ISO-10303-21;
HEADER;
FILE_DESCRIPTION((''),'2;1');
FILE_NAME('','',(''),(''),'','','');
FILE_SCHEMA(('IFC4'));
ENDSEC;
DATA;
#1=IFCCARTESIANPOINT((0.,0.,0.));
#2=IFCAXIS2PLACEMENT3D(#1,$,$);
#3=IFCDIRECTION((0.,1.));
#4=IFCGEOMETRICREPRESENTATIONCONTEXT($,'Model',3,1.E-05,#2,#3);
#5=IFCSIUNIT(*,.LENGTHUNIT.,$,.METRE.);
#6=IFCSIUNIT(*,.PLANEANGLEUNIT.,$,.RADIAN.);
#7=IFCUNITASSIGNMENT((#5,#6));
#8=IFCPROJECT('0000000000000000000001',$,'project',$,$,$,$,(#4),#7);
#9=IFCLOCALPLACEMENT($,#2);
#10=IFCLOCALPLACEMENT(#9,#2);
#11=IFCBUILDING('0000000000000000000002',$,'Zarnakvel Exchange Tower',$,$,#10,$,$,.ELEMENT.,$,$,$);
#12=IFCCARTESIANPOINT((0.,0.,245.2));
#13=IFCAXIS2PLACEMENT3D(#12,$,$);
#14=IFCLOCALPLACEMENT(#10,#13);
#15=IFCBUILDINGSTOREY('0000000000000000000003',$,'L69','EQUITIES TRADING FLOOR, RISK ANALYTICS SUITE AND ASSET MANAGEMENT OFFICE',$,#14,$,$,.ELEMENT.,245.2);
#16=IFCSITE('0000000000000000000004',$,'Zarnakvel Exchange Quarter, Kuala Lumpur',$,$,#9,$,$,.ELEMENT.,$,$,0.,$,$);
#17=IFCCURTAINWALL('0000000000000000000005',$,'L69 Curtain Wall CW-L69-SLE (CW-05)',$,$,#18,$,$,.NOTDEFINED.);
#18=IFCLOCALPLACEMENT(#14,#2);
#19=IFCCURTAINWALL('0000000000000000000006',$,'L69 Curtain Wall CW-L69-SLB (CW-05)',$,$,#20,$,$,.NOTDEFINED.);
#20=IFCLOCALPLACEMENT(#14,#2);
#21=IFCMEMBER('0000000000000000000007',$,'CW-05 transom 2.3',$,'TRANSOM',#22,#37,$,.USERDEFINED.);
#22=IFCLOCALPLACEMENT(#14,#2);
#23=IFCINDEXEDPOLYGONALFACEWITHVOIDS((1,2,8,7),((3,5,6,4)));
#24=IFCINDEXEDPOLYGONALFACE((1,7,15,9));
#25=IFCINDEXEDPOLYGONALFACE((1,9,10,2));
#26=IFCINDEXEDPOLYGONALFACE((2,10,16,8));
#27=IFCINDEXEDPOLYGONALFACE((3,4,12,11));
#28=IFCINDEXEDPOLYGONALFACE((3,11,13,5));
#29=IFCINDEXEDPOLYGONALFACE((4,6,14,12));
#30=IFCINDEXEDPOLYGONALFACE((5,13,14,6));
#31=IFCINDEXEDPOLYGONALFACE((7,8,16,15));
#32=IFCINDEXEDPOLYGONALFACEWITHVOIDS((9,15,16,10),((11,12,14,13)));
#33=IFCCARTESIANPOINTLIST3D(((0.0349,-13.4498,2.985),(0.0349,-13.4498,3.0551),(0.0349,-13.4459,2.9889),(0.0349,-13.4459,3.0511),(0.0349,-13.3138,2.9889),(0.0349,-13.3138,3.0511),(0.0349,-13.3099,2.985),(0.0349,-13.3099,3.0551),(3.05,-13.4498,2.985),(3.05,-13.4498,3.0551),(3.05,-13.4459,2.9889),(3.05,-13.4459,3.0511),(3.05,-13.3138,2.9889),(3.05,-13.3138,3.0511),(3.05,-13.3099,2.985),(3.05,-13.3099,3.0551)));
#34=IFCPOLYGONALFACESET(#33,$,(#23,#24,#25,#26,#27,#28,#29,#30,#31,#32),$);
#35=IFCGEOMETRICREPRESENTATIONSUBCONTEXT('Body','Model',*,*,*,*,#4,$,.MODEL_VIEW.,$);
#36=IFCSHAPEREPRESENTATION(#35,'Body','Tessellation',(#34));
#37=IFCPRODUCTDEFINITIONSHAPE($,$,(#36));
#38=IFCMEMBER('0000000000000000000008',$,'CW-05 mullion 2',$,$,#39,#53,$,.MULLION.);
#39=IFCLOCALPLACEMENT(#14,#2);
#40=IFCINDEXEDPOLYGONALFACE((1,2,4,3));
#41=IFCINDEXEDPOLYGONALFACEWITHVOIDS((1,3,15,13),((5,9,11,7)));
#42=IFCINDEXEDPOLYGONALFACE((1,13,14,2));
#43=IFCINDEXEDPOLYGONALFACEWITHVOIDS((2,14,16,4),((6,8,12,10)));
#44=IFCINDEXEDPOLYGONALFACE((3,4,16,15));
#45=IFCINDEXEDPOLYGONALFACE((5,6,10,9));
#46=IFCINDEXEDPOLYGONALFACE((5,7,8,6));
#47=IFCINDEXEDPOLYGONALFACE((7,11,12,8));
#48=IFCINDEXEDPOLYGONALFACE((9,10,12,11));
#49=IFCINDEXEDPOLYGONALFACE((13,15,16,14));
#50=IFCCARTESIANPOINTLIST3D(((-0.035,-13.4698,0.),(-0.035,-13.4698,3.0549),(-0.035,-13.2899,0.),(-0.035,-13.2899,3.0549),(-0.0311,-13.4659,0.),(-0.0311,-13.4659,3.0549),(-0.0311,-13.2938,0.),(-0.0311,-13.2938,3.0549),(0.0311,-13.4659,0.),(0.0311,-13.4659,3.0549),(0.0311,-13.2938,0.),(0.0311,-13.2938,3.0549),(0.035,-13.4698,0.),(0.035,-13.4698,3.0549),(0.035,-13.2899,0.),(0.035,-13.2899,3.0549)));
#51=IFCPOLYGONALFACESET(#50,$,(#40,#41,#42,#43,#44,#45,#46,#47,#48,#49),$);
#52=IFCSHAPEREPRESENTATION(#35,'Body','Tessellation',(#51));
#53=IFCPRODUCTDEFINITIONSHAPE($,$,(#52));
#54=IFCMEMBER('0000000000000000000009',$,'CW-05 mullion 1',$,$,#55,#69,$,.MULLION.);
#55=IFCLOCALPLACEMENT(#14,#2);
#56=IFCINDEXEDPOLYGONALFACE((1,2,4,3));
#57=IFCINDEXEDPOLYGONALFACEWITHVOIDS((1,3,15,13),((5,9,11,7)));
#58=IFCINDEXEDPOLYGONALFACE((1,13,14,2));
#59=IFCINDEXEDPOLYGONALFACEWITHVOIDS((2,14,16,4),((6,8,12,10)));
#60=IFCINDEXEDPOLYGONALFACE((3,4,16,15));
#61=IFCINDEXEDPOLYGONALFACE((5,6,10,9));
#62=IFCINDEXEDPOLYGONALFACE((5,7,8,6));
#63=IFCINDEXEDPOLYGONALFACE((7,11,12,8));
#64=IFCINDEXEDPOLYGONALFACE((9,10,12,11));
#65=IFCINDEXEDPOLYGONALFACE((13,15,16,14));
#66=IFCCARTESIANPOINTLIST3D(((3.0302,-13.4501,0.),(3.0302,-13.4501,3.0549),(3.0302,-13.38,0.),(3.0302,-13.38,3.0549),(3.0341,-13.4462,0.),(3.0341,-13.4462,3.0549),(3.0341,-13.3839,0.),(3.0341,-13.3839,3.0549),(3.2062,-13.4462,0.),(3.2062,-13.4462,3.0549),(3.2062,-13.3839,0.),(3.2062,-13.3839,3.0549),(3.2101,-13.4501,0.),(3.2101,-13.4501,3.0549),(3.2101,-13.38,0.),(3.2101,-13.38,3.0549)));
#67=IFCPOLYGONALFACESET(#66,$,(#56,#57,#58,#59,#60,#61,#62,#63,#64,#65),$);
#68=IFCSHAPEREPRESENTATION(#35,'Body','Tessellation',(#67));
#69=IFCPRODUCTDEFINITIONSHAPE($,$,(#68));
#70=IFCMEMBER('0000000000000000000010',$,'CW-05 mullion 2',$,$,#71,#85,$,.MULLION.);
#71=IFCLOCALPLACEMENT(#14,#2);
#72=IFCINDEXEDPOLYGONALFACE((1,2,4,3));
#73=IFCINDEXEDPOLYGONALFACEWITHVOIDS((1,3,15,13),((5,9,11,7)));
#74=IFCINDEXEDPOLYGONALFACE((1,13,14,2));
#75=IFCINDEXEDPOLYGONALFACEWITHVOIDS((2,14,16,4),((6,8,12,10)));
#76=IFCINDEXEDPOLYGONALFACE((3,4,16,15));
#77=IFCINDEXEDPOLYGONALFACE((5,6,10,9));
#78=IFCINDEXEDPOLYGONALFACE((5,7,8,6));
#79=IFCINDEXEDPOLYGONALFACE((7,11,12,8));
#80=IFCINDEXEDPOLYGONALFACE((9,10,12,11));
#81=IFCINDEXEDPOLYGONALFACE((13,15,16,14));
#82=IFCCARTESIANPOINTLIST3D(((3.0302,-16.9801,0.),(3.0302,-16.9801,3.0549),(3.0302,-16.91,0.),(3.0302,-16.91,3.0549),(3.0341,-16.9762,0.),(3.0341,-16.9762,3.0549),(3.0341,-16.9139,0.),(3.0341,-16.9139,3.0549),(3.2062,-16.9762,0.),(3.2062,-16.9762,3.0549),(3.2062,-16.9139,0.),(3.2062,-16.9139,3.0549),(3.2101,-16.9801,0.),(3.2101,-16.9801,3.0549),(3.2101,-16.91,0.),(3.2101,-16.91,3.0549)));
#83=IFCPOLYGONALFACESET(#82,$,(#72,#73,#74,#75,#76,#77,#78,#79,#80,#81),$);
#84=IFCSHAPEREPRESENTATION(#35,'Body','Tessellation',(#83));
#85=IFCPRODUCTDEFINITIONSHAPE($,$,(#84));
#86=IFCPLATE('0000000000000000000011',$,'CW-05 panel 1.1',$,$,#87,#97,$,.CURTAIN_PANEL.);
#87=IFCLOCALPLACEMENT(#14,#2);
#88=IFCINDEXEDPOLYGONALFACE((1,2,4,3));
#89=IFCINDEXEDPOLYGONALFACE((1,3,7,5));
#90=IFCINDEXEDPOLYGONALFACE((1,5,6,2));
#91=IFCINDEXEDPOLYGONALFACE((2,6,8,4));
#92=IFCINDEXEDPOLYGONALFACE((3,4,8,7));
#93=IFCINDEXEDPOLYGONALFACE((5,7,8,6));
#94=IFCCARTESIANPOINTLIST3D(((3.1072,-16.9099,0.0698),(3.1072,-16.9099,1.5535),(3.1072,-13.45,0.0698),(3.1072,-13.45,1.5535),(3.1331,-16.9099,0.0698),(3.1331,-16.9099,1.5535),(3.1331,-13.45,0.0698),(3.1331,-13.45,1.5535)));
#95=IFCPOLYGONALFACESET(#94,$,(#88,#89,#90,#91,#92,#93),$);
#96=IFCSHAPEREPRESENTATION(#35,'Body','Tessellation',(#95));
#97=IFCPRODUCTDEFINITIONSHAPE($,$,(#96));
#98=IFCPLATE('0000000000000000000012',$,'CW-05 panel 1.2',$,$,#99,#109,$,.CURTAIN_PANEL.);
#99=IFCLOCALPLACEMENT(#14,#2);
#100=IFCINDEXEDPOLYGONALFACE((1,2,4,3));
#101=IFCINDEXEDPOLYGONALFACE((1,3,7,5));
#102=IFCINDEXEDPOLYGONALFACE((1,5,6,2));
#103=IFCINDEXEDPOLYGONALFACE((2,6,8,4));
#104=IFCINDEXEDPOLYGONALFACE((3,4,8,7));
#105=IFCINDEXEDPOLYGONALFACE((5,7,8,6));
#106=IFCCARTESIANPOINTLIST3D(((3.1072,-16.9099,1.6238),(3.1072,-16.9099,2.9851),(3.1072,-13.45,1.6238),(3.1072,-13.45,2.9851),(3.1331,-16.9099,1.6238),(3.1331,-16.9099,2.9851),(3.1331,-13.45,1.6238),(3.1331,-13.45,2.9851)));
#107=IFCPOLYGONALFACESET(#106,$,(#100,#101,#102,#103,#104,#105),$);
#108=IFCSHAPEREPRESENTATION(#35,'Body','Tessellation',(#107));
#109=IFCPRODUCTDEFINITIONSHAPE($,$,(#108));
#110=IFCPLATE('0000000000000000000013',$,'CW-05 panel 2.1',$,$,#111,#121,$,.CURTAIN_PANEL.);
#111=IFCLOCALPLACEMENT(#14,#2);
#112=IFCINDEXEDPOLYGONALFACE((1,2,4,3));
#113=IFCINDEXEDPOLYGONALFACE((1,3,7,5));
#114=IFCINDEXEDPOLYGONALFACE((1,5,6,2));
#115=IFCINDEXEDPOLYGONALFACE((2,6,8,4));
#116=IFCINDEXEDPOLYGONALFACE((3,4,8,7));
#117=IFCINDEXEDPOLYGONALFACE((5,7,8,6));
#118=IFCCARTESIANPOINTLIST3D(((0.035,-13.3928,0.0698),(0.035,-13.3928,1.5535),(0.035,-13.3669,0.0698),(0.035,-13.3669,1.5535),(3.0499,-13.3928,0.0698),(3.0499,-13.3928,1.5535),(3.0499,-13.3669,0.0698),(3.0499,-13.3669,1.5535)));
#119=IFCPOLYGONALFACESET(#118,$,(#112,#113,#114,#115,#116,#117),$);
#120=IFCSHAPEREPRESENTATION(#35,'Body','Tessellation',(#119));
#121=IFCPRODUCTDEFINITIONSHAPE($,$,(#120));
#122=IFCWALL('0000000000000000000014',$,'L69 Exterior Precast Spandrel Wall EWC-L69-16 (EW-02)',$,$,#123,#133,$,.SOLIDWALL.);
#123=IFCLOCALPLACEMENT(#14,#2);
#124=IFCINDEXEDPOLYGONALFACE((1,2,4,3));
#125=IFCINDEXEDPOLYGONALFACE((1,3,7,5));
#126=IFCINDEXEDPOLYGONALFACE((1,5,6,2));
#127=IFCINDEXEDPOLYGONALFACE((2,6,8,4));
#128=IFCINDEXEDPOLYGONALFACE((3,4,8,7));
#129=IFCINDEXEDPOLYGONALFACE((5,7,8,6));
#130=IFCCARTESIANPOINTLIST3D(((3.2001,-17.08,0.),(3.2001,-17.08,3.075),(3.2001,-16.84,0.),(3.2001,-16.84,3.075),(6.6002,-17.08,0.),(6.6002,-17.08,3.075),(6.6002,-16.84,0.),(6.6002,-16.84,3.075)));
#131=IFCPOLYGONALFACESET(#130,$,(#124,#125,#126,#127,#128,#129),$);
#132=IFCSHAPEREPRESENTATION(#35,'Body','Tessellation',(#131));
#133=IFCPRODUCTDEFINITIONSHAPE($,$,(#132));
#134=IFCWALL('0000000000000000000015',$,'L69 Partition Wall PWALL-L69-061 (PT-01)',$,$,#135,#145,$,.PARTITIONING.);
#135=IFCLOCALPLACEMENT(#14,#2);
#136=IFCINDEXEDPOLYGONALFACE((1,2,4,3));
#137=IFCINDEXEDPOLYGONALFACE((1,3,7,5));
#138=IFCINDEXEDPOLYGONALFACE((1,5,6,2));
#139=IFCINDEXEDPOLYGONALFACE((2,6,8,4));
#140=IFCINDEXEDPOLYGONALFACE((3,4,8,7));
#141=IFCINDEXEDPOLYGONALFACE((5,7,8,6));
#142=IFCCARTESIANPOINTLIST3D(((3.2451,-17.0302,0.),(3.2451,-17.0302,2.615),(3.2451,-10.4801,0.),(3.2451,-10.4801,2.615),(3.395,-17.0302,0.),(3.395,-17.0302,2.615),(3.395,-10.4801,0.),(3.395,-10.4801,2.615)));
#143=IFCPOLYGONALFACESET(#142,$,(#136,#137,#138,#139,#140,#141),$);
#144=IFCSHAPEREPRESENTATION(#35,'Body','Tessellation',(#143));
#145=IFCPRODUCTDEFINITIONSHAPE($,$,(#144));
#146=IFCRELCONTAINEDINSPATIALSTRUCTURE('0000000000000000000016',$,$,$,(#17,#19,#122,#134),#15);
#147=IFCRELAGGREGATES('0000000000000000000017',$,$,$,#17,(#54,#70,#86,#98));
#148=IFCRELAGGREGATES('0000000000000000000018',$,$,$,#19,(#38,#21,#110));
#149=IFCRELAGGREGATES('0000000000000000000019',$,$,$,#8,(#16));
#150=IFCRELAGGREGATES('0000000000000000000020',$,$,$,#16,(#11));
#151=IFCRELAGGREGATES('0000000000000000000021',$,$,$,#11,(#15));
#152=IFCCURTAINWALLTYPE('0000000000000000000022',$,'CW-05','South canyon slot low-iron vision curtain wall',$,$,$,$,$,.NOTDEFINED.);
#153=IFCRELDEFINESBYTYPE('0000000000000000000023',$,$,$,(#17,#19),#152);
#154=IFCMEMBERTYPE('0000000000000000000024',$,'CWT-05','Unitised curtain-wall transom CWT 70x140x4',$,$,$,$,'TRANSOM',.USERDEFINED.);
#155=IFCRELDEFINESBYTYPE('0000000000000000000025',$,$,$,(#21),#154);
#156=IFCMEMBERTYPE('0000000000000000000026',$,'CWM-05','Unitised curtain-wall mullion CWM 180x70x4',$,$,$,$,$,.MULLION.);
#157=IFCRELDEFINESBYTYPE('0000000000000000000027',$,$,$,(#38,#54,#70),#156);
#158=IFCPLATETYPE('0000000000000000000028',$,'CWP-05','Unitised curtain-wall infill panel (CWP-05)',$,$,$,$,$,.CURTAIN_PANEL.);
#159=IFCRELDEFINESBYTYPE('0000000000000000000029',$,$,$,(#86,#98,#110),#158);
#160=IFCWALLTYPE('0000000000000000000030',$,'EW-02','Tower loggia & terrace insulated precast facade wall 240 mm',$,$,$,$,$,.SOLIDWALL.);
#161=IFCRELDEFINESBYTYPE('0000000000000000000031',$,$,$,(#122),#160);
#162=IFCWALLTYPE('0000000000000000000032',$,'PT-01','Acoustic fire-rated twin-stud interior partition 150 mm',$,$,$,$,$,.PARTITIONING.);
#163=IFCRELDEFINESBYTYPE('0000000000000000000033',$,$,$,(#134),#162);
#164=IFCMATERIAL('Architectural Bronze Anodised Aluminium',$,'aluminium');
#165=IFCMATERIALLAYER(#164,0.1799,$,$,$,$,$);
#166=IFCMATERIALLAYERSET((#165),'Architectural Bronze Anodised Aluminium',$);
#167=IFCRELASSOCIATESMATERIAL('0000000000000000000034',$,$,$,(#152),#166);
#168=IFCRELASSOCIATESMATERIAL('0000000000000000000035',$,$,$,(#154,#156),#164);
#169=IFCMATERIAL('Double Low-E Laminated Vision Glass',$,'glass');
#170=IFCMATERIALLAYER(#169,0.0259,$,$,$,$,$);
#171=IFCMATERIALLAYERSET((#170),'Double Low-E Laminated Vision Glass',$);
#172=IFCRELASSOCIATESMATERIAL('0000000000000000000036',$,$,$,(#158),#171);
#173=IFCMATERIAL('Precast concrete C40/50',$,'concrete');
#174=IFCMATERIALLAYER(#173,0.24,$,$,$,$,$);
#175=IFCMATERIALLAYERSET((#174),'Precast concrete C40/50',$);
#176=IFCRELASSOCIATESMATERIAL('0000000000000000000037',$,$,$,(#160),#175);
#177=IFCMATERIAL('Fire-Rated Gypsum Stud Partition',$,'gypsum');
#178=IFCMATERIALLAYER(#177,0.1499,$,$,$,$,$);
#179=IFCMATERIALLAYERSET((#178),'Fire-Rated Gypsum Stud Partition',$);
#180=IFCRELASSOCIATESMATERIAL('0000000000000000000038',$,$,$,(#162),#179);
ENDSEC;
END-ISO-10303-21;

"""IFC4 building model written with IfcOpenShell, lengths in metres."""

from ifc_helpers import new_model, si_unit, direction, frame, frame_2d, origin, origin_2d, place, context, subcontext, project, spatial, rectangle, hollow_rectangle, extrude, source, transform, mapped, material, layer, layer_set, material_profile, profile_set, type_object, element, aggregate, save


model = new_model("IFC4")

# Units and contexts
model_context = context("Model", 3, precision=1e-05, world=origin(), true_north=direction((0.0, 1.0)))
body_context = subcontext(model_context, "Body", "Model", "MODEL_VIEW")
ifc_project = project(units=[si_unit("LENGTHUNIT", "METRE"), si_unit("PLANEANGLEUNIT", "RADIAN")], contexts=[model_context])

# Site, building, storey
site_placement = place(None, origin())
site = spatial("IfcSite", under=ifc_project, at=site_placement, Name="Zarnakvel Exchange Quarter, Kuala Lumpur", CompositionType="ELEMENT", RefElevation=0.0)
building_placement = place(site_placement, origin())
building = spatial("IfcBuilding", under=site, at=building_placement, Name="Zarnakvel Exchange Tower", CompositionType="ELEMENT")
storey_placement = place(building_placement, frame((0.0, 0.0, 245.2)))
storey = spatial("IfcBuildingStorey", under=building, at=storey_placement, Name="L69", Description="EQUITIES TRADING FLOOR, RISK ANALYTICS SUITE AND ASSET MANAGEMENT OFFICE", CompositionType="ELEMENT", Elevation=245.2)

# Curtain walls, members
ifc_material_1 = material(Name="Architectural Bronze Anodised Aluminium", Category="aluminium")
ifc_layer_1 = layer(ifc_material_1, 0.1799)
ifc_layer_set_1 = layer_set([ifc_layer_1], Name="Architectural Bronze Anodised Aluminium")
curtain_wall_type = type_object("IfcCurtainWallType", Name="CW-05", Description="South canyon slot low-iron vision curtain wall", PredefinedType="NOTDEFINED", material=ifc_layer_set_1)
curtain_wall_1_placement = place(storey_placement, origin())
curtain_wall_1 = element("IfcCurtainWall", 1, at=curtain_wall_1_placement, inside=storey, type_object=curtain_wall_type, Name="L69 Curtain Wall CW-L69-SLE (CW-05)", PredefinedType="NOTDEFINED")
ifc_material_profile_1 = material_profile(ifc_material_1, hollow_rectangle(XDim=0.1399, YDim=0.0701, WallThickness=0.0039, at=origin_2d()))
ifc_profile_set_1 = profile_set([ifc_material_profile_1], Name="Architectural Bronze Anodised Aluminium")
member_type_1 = type_object("IfcMemberType", Name="CWT-05", Description="Unitised curtain-wall transom CWT 70x140x4", ElementType="TRANSOM", PredefinedType="USERDEFINED", material=ifc_profile_set_1)
curtain_wall_2_placement = place(storey_placement, origin())
curtain_wall_2 = element("IfcCurtainWall", 2, at=curtain_wall_2_placement, inside=storey, type_object=curtain_wall_type, Name="L69 Curtain Wall CW-L69-SLB (CW-05)", PredefinedType="NOTDEFINED")
shared_shape_1 = source(origin(), body_context, "Body", "SweptSolid", [
    extrude(hollow_rectangle(XDim=0.1399, YDim=0.0701, WallThickness=0.0039, at=origin_2d()), origin(), (0.0, 0.0, 1.0), 3.0151),
])
member_1_placement = place(storey_placement, frame((0.0349, -13.3799, 3.02), z_axis=(1.0, 0.0, 0.0), x_axis=(0.0, 1.0, 0.0)))
member_1 = element("IfcMember", 3, at=member_1_placement, type_object=member_type_1, Name="CW-05 transom 2.3", ObjectType="TRANSOM", PredefinedType="USERDEFINED", context=body_context, shape_type="MappedRepresentation", body=[
    mapped(shared_shape_1, transform((0.0, 0.0, 0.0), x_axis=(1.0, 0.0, 0.0), y_axis=(0.0, 1.0, 0.0), z_axis=(0.0, 0.0, 1.0), scale=1.0)),
])
ifc_material_profile_2 = material_profile(ifc_material_1, hollow_rectangle(XDim=0.1799, YDim=0.0701, WallThickness=0.0039, at=origin_2d()))
ifc_profile_set_2 = profile_set([ifc_material_profile_2], Name="Architectural Bronze Anodised Aluminium")
member_type_2 = type_object("IfcMemberType", Name="CWM-05", Description="Unitised curtain-wall mullion CWM 180x70x4", PredefinedType="MULLION", material=ifc_profile_set_2)
shared_shape_2 = source(origin(), body_context, "Body", "SweptSolid", [
    extrude(hollow_rectangle(XDim=0.1799, YDim=0.0701, WallThickness=0.0039, at=origin_2d()), origin(), (0.0, 0.0, 1.0), 3.0549),
])
member_2_placement = place(storey_placement, frame((0.0, -13.3799, 0.0), z_axis=(0.0, 0.0, 1.0), x_axis=(0.0, 1.0, 0.0)))
member_2 = element("IfcMember", 4, at=member_2_placement, type_object=member_type_2, Name="CW-05 mullion 2", PredefinedType="MULLION", context=body_context, shape_type="MappedRepresentation", body=[
    mapped(shared_shape_2, transform((0.0, 0.0, 0.0), x_axis=(1.0, 0.0, 0.0), y_axis=(0.0, 1.0, 0.0), z_axis=(0.0, 0.0, 1.0), scale=1.0)),
])

# Members
member_3_placement = place(storey_placement, frame((3.1201, -13.415, 0.0), z_axis=(0.0, 0.0, 1.0), x_axis=(1.0, 0.0, 0.0)))
member_3 = element("IfcMember", 5, at=member_3_placement, type_object=member_type_2, Name="CW-05 mullion 1", PredefinedType="MULLION", context=body_context, shape_type="MappedRepresentation", body=[
    mapped(shared_shape_2, transform((0.0, 0.0, 0.0), x_axis=(1.0, 0.0, 0.0), y_axis=(0.0, 1.0, 0.0), z_axis=(0.0, 0.0, 1.0), scale=1.0)),
])
member_4_placement = place(storey_placement, frame((3.1201, -16.9451, 0.0), z_axis=(0.0, 0.0, 1.0), x_axis=(1.0, 0.0, 0.0)))
member_4 = element("IfcMember", 6, at=member_4_placement, type_object=member_type_2, Name="CW-05 mullion 2", PredefinedType="MULLION", context=body_context, shape_type="MappedRepresentation", body=[
    mapped(shared_shape_2, transform((0.0, 0.0, 0.0), x_axis=(1.0, 0.0, 0.0), y_axis=(0.0, 1.0, 0.0), z_axis=(0.0, 0.0, 1.0), scale=1.0)),
])

# Plates
ifc_material_2 = material(Name="Double Low-E Laminated Vision Glass", Category="glass")
ifc_layer_2 = layer(ifc_material_2, 0.0259)
ifc_layer_set_2 = layer_set([ifc_layer_2], Name="Double Low-E Laminated Vision Glass")
plate_type = type_object("IfcPlateType", Name="CWP-05", Description="Unitised curtain-wall infill panel (CWP-05)", PredefinedType="CURTAIN_PANEL", material=ifc_layer_set_2)
shared_shape_3 = source(origin(), body_context, "Body", "SweptSolid", [
    extrude(rectangle(XDim=3.46, YDim=0.0259, at=origin_2d()), origin(), (0.0, 0.0, 1.0), 1.4836),
])
plate_1_placement = place(storey_placement, frame((3.1201, -15.1799, 0.0698), z_axis=(0.0, 0.0, 1.0), x_axis=(0.0, -1.0, 0.0)))
plate_1 = element("IfcPlate", 7, at=plate_1_placement, type_object=plate_type, Name="CW-05 panel 1.1", PredefinedType="CURTAIN_PANEL", context=body_context, shape_type="MappedRepresentation", body=[
    mapped(shared_shape_3, transform((0.0, 0.0, 0.0), x_axis=(1.0, 0.0, 0.0), y_axis=(0.0, 1.0, 0.0), z_axis=(0.0, 0.0, 1.0), scale=1.0)),
])
shared_shape_4 = source(origin(), body_context, "Body", "SweptSolid", [
    extrude(rectangle(XDim=3.46, YDim=0.0259, at=origin_2d()), origin(), (0.0, 0.0, 1.0), 1.3613),
])
plate_2_placement = place(storey_placement, frame((3.1201, -15.1799, 1.6238), z_axis=(0.0, 0.0, 1.0), x_axis=(0.0, -1.0, 0.0)))
plate_2 = element("IfcPlate", 8, at=plate_2_placement, type_object=plate_type, Name="CW-05 panel 1.2", PredefinedType="CURTAIN_PANEL", context=body_context, shape_type="MappedRepresentation", body=[
    mapped(shared_shape_4, transform((0.0, 0.0, 0.0), x_axis=(1.0, 0.0, 0.0), y_axis=(0.0, 1.0, 0.0), z_axis=(0.0, 0.0, 1.0), scale=1.0)),
])
aggregate(curtain_wall_1, [member_3, member_4, plate_1, plate_2])
shared_shape_5 = source(origin(), body_context, "Body", "SweptSolid", [
    extrude(rectangle(XDim=3.0149, YDim=0.0259, at=origin_2d()), origin(), (0.0, 0.0, 1.0), 1.4836),
])
plate_3_placement = place(storey_placement, frame((1.5425, -13.3799, 0.0698), z_axis=(0.0, 0.0, 1.0), x_axis=(1.0, 0.0, 0.0)))
plate_3 = element("IfcPlate", 9, at=plate_3_placement, type_object=plate_type, Name="CW-05 panel 2.1", PredefinedType="CURTAIN_PANEL", context=body_context, shape_type="MappedRepresentation", body=[
    mapped(shared_shape_5, transform((0.0, 0.0, 0.0), x_axis=(1.0, 0.0, 0.0), y_axis=(0.0, 1.0, 0.0), z_axis=(0.0, 0.0, 1.0), scale=1.0)),
])
aggregate(curtain_wall_2, [member_2, member_1, plate_3])

# Walls
ifc_material_3 = material(Name="Precast concrete C40/50", Category="concrete")
ifc_layer_3 = layer(ifc_material_3, 0.24)
ifc_layer_set_3 = layer_set([ifc_layer_3], Name="Precast concrete C40/50")
wall_type_1 = type_object("IfcWallType", Name="EW-02", Description="Tower loggia & terrace insulated precast facade wall 240 mm", PredefinedType="SOLIDWALL", material=ifc_layer_set_3)
wall_1_placement = place(storey_placement, frame((3.2, -16.96, 0.0), z_axis=(0.0, 0.0, 1.0), x_axis=(1.0, 0.0, 0.0)))
element("IfcWall", 10, at=wall_1_placement, inside=storey, type_object=wall_type_1, Name="L69 Exterior Precast Spandrel Wall EWC-L69-16 (EW-02)", PredefinedType="SOLIDWALL", context=body_context, shape_type="SweptSolid", body=[
    extrude(rectangle(XDim=3.4001, YDim=0.24, at=frame_2d((1.7002, 0.0))), origin(), (0.0, 0.0, 1.0), 3.075),
])
ifc_material_4 = material(Name="Fire-Rated Gypsum Stud Partition", Category="gypsum")
ifc_layer_4 = layer(ifc_material_4, 0.1499)
ifc_layer_set_4 = layer_set([ifc_layer_4], Name="Fire-Rated Gypsum Stud Partition")
wall_type_2 = type_object("IfcWallType", Name="PT-01", Description="Acoustic fire-rated twin-stud interior partition 150 mm", PredefinedType="PARTITIONING", material=ifc_layer_set_4)
wall_2_placement = place(storey_placement, frame((3.3201, -17.03, 0.0), z_axis=(0.0, 0.0, 1.0), x_axis=(0.0, 1.0, 0.0)))
element("IfcWall", 11, at=wall_2_placement, inside=storey, type_object=wall_type_2, Name="L69 Partition Wall PWALL-L69-061 (PT-01)", PredefinedType="PARTITIONING", context=body_context, shape_type="SweptSolid", body=[
    extrude(rectangle(XDim=6.55, YDim=0.1499, at=frame_2d((3.2749, 0.0))), origin(), (0.0, 0.0, 1.0), 2.615),
])

save(model, "model.ifc")
